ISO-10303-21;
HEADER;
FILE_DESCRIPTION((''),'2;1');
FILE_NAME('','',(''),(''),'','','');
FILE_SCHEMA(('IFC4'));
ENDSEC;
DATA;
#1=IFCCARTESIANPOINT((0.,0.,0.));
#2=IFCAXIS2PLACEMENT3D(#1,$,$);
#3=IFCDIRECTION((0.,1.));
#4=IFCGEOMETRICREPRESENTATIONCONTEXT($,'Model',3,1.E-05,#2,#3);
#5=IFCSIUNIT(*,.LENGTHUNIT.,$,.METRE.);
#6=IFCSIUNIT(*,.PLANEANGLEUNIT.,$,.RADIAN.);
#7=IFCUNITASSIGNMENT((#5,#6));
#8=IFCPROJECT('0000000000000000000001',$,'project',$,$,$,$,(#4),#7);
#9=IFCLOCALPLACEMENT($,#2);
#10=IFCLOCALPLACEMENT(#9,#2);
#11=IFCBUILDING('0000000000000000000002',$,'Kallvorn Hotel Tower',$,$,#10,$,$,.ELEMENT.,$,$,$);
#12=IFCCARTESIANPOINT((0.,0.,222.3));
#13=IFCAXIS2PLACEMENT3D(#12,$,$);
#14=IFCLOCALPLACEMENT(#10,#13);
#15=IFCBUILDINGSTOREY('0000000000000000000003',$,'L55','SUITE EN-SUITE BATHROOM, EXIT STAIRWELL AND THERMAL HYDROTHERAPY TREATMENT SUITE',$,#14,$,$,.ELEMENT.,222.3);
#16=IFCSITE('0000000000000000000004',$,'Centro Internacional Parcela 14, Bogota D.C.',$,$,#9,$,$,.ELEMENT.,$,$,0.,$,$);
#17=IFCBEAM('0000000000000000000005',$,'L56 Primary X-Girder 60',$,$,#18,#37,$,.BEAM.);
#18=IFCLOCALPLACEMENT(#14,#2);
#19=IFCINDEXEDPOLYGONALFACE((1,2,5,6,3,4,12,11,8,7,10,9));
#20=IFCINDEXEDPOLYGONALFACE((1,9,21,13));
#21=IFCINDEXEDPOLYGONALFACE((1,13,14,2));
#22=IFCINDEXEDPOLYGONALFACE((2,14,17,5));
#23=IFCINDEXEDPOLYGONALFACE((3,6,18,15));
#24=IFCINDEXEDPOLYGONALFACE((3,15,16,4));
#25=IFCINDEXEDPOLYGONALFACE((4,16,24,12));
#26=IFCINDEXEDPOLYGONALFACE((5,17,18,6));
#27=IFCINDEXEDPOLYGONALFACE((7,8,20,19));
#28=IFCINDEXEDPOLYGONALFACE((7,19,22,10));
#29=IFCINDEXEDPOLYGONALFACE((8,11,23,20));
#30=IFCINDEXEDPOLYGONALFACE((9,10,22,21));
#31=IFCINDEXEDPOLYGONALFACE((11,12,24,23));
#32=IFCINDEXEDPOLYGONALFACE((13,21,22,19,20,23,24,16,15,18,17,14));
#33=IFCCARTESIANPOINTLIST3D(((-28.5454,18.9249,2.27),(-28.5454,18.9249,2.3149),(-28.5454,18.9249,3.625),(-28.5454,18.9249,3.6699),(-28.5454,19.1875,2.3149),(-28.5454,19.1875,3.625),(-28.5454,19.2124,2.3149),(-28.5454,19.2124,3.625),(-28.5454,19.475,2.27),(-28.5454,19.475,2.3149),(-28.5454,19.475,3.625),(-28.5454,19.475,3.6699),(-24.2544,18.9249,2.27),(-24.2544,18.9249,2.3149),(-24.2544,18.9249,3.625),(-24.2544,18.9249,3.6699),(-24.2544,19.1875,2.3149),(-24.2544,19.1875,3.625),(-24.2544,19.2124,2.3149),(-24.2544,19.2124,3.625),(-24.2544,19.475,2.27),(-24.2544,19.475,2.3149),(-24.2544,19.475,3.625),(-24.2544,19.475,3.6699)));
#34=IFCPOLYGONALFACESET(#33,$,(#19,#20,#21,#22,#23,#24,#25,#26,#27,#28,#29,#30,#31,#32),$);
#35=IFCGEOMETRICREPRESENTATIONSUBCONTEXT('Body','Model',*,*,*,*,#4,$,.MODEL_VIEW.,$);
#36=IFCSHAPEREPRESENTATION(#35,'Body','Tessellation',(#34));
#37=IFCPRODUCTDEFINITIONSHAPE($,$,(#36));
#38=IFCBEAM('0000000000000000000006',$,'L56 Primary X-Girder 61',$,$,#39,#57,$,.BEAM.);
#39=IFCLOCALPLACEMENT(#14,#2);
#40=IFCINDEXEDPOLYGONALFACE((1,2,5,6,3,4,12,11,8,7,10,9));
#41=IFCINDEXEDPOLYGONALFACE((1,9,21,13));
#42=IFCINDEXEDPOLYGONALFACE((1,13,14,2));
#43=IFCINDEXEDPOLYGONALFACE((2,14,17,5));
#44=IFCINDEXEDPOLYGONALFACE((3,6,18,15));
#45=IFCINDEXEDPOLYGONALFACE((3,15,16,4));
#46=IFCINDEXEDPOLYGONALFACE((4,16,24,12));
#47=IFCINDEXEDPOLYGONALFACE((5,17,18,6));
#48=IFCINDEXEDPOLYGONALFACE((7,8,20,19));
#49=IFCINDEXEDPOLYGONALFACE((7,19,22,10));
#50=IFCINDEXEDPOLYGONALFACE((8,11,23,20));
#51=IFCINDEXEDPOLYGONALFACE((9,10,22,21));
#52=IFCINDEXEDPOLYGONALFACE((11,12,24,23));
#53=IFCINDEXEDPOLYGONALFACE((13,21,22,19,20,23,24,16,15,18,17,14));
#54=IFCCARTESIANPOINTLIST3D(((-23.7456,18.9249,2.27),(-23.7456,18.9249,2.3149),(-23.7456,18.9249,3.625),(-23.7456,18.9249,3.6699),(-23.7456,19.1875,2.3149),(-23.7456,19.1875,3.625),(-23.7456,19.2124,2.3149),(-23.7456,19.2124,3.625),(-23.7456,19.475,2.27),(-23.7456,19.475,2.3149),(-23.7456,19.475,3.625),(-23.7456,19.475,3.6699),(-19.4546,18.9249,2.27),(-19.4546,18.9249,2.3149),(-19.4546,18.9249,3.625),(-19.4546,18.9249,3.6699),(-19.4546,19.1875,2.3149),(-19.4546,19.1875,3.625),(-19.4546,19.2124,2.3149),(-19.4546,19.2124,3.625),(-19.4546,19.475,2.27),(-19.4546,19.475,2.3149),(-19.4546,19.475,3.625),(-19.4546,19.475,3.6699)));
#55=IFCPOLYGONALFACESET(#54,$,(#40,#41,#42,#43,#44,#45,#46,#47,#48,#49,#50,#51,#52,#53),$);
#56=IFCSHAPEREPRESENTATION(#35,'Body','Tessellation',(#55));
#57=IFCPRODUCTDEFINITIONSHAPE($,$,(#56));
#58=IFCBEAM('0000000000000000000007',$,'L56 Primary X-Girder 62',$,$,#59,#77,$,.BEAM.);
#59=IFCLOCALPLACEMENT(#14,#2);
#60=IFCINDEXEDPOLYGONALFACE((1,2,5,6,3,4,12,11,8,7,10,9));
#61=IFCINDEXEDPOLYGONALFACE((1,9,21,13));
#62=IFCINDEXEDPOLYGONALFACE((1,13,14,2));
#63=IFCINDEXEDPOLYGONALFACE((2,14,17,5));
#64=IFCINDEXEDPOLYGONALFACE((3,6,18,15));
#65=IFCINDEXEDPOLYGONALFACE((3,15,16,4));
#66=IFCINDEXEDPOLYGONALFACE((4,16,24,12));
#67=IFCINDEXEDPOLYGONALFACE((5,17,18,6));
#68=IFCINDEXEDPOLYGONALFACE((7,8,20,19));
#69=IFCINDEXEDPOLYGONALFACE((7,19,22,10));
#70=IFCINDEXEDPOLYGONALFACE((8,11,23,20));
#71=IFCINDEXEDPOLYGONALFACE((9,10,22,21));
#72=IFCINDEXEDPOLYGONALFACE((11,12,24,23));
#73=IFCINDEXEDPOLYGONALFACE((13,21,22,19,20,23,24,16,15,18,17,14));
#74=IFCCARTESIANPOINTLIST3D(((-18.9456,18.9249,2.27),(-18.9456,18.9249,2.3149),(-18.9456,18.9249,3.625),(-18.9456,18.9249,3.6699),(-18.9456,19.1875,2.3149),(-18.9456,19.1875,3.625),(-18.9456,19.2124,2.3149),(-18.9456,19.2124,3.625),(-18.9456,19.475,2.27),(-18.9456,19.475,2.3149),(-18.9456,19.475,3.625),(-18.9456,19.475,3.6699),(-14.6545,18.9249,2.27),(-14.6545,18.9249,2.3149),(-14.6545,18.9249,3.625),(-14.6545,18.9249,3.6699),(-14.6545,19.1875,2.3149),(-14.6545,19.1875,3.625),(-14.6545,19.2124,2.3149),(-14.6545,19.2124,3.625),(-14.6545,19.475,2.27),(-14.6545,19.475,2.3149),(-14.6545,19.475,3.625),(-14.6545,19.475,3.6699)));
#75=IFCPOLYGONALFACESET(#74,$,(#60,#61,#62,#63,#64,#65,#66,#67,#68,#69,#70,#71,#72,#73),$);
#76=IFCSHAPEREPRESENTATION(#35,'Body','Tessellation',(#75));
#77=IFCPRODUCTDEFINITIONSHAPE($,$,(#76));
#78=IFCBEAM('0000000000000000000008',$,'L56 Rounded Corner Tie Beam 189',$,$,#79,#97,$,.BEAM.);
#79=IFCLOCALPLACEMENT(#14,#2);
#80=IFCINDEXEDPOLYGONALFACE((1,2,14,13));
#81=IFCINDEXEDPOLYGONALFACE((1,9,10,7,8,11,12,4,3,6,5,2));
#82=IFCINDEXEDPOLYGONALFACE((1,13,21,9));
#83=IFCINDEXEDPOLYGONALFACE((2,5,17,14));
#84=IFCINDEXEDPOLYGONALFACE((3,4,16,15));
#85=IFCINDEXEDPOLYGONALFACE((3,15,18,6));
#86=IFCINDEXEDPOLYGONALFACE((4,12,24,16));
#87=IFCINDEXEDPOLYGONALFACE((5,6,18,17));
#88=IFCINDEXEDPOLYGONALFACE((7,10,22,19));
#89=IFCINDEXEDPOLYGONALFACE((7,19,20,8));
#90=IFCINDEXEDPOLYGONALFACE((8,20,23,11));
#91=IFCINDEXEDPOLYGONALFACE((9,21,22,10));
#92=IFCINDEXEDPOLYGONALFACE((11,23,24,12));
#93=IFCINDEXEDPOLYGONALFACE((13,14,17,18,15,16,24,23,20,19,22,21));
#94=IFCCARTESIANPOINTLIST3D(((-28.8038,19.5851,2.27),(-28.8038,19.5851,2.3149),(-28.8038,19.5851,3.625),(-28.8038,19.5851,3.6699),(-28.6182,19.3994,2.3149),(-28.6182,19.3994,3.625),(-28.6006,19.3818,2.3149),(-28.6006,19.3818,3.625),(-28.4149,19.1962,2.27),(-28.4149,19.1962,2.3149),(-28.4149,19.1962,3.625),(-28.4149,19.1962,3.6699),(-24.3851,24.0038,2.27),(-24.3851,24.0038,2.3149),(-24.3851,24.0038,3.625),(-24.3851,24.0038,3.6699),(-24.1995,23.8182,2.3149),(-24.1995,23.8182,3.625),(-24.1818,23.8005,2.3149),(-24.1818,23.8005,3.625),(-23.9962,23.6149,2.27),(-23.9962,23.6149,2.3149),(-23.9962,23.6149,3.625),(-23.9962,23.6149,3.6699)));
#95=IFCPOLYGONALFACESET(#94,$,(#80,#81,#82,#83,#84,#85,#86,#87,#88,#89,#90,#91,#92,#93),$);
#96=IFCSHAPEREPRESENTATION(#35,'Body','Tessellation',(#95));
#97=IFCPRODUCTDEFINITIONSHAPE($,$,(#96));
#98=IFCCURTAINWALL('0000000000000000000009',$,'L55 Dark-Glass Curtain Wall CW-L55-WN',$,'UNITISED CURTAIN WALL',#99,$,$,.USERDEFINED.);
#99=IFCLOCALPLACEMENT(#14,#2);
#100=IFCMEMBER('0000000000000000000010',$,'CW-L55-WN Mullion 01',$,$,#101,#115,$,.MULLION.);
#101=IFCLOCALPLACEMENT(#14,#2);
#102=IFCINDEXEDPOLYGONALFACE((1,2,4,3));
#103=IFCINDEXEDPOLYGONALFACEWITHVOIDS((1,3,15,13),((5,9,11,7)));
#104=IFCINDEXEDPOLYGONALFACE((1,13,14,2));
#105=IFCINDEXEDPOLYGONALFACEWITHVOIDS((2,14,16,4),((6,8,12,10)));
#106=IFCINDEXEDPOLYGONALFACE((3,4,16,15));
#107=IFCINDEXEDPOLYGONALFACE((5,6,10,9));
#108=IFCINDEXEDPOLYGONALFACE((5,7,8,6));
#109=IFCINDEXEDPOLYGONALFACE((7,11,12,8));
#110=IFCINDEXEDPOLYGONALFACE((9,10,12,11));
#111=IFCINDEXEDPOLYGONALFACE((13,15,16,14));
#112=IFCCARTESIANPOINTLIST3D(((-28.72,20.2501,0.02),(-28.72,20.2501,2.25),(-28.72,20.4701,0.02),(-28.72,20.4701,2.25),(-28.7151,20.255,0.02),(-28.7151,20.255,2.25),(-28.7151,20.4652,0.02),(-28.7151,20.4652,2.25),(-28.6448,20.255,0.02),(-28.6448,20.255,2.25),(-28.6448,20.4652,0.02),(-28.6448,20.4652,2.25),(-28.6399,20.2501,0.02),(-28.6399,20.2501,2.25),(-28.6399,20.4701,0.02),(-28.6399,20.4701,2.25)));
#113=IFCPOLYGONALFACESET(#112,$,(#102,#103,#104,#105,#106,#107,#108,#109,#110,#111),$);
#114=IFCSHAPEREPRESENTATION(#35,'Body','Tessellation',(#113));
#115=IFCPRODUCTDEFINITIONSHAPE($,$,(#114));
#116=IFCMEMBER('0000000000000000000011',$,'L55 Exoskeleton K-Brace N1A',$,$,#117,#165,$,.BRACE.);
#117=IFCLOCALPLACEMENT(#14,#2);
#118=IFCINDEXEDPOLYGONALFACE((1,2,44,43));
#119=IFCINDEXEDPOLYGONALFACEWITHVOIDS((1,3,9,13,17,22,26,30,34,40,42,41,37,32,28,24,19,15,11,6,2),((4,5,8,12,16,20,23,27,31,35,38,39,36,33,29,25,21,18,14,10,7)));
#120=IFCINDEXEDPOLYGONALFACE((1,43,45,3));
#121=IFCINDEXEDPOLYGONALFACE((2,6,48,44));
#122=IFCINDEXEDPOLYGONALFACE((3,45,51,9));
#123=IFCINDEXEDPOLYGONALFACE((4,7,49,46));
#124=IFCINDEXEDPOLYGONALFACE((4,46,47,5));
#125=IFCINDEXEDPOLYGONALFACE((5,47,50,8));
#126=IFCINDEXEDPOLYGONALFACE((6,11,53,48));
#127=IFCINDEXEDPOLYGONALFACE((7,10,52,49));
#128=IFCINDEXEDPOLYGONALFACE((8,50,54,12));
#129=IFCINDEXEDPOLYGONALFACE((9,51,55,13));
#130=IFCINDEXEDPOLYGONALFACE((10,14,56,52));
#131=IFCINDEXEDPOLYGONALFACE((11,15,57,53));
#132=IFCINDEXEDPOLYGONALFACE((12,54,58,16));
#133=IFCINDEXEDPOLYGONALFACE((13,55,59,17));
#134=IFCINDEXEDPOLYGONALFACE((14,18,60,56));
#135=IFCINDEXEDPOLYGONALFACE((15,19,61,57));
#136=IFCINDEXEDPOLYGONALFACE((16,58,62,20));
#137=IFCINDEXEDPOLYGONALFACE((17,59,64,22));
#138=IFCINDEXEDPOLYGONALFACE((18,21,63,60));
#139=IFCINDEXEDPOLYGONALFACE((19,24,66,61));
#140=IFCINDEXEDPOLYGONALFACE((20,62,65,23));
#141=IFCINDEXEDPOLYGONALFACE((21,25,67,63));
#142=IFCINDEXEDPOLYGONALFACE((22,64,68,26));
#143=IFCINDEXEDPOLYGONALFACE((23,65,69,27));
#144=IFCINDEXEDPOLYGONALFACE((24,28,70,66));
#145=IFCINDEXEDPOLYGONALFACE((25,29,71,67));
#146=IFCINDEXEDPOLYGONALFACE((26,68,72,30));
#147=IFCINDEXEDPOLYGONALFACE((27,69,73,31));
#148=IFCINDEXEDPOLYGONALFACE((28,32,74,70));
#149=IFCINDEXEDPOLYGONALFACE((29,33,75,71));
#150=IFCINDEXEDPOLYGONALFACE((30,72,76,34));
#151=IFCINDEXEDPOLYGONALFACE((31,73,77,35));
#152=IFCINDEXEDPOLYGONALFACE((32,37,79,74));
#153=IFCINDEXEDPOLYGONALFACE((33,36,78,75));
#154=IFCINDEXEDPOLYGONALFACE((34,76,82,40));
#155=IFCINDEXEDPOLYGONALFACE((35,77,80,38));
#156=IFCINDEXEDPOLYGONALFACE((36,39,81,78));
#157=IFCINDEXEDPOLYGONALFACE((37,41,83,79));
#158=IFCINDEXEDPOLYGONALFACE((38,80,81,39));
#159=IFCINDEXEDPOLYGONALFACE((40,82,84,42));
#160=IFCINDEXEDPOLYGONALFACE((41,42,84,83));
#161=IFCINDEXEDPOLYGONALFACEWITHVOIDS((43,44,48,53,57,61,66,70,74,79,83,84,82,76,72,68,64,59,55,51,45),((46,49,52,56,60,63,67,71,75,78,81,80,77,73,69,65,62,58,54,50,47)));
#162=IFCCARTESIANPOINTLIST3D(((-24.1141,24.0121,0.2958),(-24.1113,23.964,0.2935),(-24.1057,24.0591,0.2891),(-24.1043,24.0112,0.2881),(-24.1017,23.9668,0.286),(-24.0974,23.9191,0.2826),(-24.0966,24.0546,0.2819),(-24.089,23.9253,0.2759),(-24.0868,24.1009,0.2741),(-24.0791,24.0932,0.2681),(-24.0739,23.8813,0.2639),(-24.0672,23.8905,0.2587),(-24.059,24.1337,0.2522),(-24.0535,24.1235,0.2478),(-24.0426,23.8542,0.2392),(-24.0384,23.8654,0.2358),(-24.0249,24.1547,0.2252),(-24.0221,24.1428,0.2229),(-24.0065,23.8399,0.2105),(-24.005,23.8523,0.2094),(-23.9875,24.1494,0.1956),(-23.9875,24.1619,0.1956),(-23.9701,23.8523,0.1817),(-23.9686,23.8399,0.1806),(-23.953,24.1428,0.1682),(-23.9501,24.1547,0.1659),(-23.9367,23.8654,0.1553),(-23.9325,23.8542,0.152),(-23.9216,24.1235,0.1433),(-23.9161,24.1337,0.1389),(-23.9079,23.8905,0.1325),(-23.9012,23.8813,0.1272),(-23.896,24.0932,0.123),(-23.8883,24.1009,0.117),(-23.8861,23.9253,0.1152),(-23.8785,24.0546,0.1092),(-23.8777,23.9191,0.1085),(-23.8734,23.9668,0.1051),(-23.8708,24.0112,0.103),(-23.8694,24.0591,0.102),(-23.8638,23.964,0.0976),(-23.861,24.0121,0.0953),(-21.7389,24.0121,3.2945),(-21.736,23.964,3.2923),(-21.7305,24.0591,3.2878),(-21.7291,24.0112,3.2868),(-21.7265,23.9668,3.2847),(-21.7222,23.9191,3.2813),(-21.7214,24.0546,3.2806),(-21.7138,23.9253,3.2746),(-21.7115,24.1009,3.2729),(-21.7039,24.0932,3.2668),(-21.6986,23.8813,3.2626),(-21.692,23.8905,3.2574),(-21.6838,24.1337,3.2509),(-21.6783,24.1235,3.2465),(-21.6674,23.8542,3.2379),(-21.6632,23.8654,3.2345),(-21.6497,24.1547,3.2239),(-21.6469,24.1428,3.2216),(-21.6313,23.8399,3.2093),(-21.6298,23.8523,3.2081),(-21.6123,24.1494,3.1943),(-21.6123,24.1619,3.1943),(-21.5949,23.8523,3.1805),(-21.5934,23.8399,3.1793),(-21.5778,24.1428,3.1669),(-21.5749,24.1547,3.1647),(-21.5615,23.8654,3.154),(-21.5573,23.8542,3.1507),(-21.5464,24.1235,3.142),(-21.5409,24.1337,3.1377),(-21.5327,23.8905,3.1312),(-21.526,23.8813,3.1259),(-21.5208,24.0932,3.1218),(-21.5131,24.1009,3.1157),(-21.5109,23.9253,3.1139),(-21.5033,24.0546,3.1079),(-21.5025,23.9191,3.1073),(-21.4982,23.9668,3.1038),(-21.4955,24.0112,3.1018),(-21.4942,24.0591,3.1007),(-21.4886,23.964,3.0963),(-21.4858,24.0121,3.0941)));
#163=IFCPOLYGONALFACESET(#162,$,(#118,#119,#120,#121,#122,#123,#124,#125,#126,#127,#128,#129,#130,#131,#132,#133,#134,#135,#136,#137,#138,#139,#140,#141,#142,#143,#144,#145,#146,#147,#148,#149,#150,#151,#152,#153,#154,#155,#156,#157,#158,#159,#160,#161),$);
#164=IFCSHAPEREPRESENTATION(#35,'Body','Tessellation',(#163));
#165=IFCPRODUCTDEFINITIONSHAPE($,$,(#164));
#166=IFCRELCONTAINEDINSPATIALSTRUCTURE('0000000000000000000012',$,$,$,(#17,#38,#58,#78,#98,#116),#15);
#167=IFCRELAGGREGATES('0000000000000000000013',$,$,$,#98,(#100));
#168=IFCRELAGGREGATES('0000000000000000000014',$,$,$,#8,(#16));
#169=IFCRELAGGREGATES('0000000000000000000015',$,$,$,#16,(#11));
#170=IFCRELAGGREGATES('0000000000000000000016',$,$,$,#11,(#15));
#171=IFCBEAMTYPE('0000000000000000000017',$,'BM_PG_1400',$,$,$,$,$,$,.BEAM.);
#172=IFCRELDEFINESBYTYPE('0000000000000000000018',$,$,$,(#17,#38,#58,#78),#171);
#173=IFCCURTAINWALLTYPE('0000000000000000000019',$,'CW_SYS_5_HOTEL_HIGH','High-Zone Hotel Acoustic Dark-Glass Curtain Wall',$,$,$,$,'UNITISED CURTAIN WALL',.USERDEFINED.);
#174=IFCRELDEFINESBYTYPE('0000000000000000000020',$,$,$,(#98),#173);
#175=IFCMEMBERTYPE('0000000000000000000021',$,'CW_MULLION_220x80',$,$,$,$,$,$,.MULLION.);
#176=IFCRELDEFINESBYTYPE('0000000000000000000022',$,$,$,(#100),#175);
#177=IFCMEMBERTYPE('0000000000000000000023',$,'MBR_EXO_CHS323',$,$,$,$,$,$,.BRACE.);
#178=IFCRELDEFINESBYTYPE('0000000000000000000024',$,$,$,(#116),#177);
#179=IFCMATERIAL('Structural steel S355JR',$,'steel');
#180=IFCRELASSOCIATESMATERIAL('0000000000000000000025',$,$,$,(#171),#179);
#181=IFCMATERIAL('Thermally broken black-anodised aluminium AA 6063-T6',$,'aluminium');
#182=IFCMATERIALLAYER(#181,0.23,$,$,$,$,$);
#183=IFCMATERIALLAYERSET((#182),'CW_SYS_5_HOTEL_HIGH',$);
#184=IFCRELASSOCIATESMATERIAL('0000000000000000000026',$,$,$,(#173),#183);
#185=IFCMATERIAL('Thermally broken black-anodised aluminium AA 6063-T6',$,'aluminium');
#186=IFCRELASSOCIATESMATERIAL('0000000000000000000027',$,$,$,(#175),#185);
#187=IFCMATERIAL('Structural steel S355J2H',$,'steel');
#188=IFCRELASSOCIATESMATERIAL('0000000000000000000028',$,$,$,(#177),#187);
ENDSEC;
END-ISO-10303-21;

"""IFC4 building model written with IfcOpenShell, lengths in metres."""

from ifc_helpers import new_model, si_unit, direction, frame, origin, origin_2d, place, context, subcontext, project, spatial, hollow_rectangle, hollow_circle, i_section, extrude, material, layer, layer_set, material_profile, profile_set, type_object, element, aggregate, save


model = new_model("IFC4")

# Units and contexts
model_context = context("Model", 3, precision=1e-05, world=origin(), true_north=direction((0.0, 1.0)))
body_context = subcontext(model_context, "Body", "Model", "MODEL_VIEW")
ifc_project = project(units=[si_unit("LENGTHUNIT", "METRE"), si_unit("PLANEANGLEUNIT", "RADIAN")], contexts=[model_context])

# Site, building, storey
site_placement = place(None, origin())
site = spatial("IfcSite", under=ifc_project, at=site_placement, Name="Centro Internacional Parcela 14, Bogota D.C.", CompositionType="ELEMENT", RefElevation=0.0)
building_placement = place(site_placement, origin())
building = spatial("IfcBuilding", under=site, at=building_placement, Name="Kallvorn Hotel Tower", CompositionType="ELEMENT")
storey_placement = place(building_placement, frame((0.0, 0.0, 222.3)))
storey = spatial("IfcBuildingStorey", under=building, at=storey_placement, Name="L55", Description="SUITE EN-SUITE BATHROOM, EXIT STAIRWELL AND THERMAL HYDROTHERAPY TREATMENT SUITE", CompositionType="ELEMENT", Elevation=222.3)

# Beams
ifc_material_1 = material(Name="Structural steel S355JR", Category="steel")
ifc_material_profile_1 = material_profile(ifc_material_1, i_section(OverallWidth=0.55, OverallDepth=1.3999, WebThickness=0.0249, FlangeThickness=0.0449, at=origin_2d()), Name="PG 1400x550x25x45")
ifc_profile_set_1 = profile_set([ifc_material_profile_1], Name="Structural steel S355JR")
beam_type_1 = type_object("IfcBeamType", Name="BM_PG_1400", PredefinedType="BEAM", material=ifc_profile_set_1)
for number, where, z_axis, x_axis, name in (
    (1, (-28.5454, 19.2, 2.97), (1.0, 0.0, 0.0), (0.0, 1.0, 0.0), "L56 Primary X-Girder 60"),
    (2, (-23.7456, 19.2, 2.97), (1.0, 0.0, 0.0), (0.0, 1.0, 0.0), "L56 Primary X-Girder 61"),
    (3, (-18.9456, 19.2, 2.97), (1.0, 0.0, 0.0), (0.0, 1.0, 0.0), "L56 Primary X-Girder 62"),
):
    element("IfcBeam", number, at=place(storey_placement, frame(where, z_axis=z_axis, x_axis=x_axis)), inside=storey, type_object=beam_type_1, Name=name, PredefinedType="BEAM", context=body_context, shape_type="SweptSolid", body=[
        extrude(i_section(OverallWidth=0.55, OverallDepth=1.3999, WebThickness=0.0249, FlangeThickness=0.0449, at=origin_2d()), origin(), (0.0, 0.0, 1.0), 4.291),
    ])
beam_1_placement = place(storey_placement, frame((-28.6094, 19.3906, 2.97), z_axis=(0.707107, 0.707107, 0.0), x_axis=(-0.707107, 0.707107, 0.0)))
element("IfcBeam", 4, at=beam_1_placement, inside=storey, type_object=beam_type_1, Name="L56 Rounded Corner Tie Beam 189", PredefinedType="BEAM", context=body_context, shape_type="SweptSolid", body=[
    extrude(i_section(OverallWidth=0.55, OverallDepth=1.3999, WebThickness=0.0249, FlangeThickness=0.0449, at=origin_2d()), origin(), (0.0, 0.0, 1.0), 6.249),
])

# Curtain wall, member
ifc_material_2 = material(Name="Thermally broken black-anodised aluminium AA 6063-T6", Category="aluminium")
ifc_layer_1 = layer(ifc_material_2, 0.23)
ifc_layer_set_1 = layer_set([ifc_layer_1], Name="CW_SYS_5_HOTEL_HIGH")
curtain_wall_type = type_object("IfcCurtainWallType", Name="CW_SYS_5_HOTEL_HIGH", Description="High-Zone Hotel Acoustic Dark-Glass Curtain Wall", ElementType="UNITISED CURTAIN WALL", PredefinedType="USERDEFINED", material=ifc_layer_set_1)
curtain_wall_placement = place(storey_placement, origin())
curtain_wall = element("IfcCurtainWall", 5, at=curtain_wall_placement, inside=storey, type_object=curtain_wall_type, Name="L55 Dark-Glass Curtain Wall CW-L55-WN", ObjectType="UNITISED CURTAIN WALL", PredefinedType="USERDEFINED")
ifc_material_3 = material(Name="Thermally broken black-anodised aluminium AA 6063-T6", Category="aluminium")
ifc_material_profile_2 = material_profile(ifc_material_3, hollow_rectangle(XDim=0.0801, YDim=0.22, WallThickness=0.0049, at=origin_2d()), Name="MUL 220x80")
ifc_profile_set_2 = profile_set([ifc_material_profile_2], Name="Thermally broken black-anodised aluminium AA 6063-T6")
member_type_1 = type_object("IfcMemberType", Name="CW_MULLION_220x80", PredefinedType="MULLION", material=ifc_profile_set_2)
member_placement = place(storey_placement, frame((-28.6799, 20.3601, 0.02), z_axis=(0.0, 0.0, 1.0), x_axis=(1.0, 0.0, 0.0)))
member = element("IfcMember", 6, at=member_placement, type_object=member_type_1, Name="CW-L55-WN Mullion 01", PredefinedType="MULLION", context=body_context, shape_type="SweptSolid", body=[
    extrude(hollow_rectangle(XDim=0.0801, YDim=0.22, WallThickness=0.0049, at=origin_2d()), origin(), (0.0, 0.0, 1.0), 2.23),
])
aggregate(curtain_wall, [member])

# Member
ifc_material_4 = material(Name="Structural steel S355J2H", Category="steel")
ifc_material_profile_3 = material_profile(ifc_material_4, hollow_circle(Radius=0.1619, WallThickness=0.0125, at=origin_2d()), Name="CHS 323.9x12.5")
ifc_profile_set_3 = profile_set([ifc_material_profile_3], Name="Structural steel S355J2H")
member_type_2 = type_object("IfcMemberType", Name="MBR_EXO_CHS323", PredefinedType="BRACE", material=ifc_profile_set_3)
for number, where, z_axis, x_axis, name in (
    (7, (-23.9875, 24.0, 0.1956), (0.620897, 0.0, 0.783892), (0.0, 1.0, 0.0), "L55 Exoskeleton K-Brace N1A"),
):
    element("IfcMember", number, at=place(storey_placement, frame(where, z_axis=z_axis, x_axis=x_axis)), inside=storey, type_object=member_type_2, Name=name, PredefinedType="BRACE", context=body_context, shape_type="SweptSolid", body=[
        extrude(hollow_circle(Radius=0.1619, WallThickness=0.0125, at=origin_2d()), origin(), (0.0, 0.0, 1.0), 3.8254),
    ])

save(model, "model.ifc")
